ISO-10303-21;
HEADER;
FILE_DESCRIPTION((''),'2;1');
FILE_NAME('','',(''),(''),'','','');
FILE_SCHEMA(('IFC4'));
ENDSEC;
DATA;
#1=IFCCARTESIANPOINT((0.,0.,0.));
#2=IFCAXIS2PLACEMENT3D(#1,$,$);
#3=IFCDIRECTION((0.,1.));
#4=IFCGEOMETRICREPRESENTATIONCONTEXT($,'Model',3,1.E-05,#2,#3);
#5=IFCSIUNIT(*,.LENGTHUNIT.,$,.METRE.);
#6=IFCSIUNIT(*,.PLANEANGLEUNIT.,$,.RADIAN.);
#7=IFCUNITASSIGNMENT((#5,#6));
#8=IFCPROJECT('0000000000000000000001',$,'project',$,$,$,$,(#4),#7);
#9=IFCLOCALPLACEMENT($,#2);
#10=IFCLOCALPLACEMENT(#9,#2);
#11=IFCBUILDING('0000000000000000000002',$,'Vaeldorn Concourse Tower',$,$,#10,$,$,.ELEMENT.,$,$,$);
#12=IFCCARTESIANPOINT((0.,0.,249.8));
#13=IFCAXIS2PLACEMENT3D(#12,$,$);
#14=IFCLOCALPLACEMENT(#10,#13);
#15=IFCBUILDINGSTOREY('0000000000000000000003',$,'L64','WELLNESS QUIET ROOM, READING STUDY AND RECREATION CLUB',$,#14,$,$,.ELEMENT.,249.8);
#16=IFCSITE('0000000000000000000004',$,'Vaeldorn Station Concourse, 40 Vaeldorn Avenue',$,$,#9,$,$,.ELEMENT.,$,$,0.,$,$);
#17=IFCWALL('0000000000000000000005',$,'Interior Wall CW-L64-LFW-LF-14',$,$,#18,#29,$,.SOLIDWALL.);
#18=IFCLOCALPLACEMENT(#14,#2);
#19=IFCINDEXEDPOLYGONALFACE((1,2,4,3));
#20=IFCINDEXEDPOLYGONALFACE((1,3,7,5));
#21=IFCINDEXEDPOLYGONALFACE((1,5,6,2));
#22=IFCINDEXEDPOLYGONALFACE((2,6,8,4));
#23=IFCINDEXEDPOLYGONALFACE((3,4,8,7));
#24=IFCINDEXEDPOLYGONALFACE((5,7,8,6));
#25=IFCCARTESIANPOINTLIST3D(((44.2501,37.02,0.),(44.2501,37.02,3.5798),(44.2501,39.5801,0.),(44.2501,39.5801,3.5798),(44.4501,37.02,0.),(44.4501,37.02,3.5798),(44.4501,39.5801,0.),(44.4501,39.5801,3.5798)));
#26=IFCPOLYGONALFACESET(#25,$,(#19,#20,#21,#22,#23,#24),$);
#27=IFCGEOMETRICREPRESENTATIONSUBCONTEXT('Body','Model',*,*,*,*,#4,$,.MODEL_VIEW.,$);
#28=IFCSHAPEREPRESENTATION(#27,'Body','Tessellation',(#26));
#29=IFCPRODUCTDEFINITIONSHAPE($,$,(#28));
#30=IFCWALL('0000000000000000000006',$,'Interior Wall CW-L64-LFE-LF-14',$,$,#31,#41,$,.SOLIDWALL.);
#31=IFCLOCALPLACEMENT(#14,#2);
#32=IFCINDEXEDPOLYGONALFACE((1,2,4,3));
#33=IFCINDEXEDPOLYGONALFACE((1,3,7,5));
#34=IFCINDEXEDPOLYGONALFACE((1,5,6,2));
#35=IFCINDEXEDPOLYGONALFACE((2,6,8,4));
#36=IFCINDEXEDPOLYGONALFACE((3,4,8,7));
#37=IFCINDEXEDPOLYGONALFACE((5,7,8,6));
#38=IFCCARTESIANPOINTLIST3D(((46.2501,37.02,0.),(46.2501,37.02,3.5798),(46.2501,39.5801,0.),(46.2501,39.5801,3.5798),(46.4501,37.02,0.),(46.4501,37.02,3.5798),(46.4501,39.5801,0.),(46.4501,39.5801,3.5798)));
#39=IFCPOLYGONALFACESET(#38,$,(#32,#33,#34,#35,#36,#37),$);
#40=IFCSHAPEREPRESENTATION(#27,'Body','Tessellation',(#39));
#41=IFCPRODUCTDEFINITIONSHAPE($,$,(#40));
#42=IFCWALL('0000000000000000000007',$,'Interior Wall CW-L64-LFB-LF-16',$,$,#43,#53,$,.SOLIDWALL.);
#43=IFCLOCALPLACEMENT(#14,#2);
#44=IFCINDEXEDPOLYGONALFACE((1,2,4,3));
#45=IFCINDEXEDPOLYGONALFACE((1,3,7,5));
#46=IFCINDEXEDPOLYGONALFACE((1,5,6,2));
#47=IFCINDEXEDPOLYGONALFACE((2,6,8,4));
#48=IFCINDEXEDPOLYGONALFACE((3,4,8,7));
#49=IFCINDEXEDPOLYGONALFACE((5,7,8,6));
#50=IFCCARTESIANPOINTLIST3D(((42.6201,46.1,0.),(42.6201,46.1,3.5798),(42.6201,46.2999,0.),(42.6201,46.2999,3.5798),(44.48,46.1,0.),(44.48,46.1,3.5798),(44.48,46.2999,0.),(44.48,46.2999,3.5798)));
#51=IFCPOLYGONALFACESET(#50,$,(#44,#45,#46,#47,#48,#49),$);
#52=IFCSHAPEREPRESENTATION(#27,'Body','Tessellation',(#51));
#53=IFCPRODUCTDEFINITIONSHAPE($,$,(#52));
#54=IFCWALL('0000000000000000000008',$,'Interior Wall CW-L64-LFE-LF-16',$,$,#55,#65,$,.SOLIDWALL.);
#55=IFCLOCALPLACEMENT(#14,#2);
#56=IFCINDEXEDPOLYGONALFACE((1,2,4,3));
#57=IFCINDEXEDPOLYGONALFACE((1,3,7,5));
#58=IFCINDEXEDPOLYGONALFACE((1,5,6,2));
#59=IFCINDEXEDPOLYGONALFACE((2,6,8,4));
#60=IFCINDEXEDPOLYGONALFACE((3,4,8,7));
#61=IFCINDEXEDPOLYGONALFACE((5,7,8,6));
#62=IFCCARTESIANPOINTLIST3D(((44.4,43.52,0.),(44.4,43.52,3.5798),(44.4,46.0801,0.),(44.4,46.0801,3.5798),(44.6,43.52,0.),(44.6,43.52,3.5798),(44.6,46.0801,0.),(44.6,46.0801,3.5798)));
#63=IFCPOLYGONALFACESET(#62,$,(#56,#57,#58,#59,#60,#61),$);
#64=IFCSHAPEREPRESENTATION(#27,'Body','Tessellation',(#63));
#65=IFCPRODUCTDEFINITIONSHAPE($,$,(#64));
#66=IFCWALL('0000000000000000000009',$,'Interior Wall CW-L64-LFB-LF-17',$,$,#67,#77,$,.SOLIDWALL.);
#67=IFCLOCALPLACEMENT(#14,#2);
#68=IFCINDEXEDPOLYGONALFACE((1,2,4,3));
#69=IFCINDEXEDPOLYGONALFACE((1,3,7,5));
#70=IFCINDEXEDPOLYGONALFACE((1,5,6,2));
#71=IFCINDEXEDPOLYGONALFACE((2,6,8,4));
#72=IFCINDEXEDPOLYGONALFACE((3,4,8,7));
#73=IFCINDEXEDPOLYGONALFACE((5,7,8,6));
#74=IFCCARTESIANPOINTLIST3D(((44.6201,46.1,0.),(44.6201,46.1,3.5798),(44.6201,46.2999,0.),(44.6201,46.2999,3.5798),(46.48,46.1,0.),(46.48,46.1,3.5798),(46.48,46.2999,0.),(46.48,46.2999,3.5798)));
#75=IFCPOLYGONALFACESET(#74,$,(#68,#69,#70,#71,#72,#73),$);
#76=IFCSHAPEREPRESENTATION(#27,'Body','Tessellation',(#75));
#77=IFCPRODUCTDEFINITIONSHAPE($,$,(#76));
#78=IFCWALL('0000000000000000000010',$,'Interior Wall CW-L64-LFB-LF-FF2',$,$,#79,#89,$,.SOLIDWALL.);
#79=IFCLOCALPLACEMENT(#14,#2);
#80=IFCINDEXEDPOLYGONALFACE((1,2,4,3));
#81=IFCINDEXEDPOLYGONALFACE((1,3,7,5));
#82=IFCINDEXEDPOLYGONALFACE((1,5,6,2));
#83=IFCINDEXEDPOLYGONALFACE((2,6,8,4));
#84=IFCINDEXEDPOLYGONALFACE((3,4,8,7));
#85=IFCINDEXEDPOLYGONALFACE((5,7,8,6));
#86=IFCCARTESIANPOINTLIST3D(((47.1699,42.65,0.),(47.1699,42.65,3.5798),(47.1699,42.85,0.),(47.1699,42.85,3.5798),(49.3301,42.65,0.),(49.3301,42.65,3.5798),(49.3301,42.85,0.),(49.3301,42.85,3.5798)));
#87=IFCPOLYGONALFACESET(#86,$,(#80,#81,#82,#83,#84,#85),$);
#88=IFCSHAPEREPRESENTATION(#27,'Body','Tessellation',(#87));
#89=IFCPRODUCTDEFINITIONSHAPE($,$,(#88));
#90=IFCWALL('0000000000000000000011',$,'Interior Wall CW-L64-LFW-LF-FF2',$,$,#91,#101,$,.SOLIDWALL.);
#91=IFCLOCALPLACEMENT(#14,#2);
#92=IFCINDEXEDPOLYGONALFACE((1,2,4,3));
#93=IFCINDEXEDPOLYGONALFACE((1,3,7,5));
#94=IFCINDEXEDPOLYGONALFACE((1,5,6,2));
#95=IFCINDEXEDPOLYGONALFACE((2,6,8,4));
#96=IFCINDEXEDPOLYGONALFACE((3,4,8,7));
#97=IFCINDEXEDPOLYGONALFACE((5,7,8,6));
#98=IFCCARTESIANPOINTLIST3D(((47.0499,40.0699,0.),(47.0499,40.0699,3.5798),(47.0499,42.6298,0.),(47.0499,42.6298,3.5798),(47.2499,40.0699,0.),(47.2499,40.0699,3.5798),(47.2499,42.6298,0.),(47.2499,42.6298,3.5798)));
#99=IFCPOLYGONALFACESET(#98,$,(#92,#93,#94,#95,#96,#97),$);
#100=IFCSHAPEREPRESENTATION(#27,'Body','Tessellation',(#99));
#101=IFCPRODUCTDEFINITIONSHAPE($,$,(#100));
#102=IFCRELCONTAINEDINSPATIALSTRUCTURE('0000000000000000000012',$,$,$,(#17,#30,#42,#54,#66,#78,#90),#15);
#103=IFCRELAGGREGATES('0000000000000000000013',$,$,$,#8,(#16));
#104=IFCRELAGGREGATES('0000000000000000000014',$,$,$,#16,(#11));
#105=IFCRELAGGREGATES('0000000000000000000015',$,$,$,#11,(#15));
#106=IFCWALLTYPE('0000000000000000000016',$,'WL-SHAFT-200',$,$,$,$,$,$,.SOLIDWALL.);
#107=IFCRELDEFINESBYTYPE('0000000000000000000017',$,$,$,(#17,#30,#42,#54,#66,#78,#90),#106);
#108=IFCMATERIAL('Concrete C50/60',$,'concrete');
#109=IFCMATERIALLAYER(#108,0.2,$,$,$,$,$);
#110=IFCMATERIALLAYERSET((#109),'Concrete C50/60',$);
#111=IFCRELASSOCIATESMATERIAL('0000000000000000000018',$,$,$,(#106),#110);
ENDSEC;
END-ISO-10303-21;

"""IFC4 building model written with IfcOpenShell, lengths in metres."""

from ifc_helpers import new_model, si_unit, direction, frame, frame_2d, origin, place, context, subcontext, project, spatial, rectangle, extrude, material, layer, layer_set, type_object, element, save


model = new_model("IFC4")

# Units and contexts
model_context = context("Model", 3, precision=1e-05, world=origin(), true_north=direction((0.0, 1.0)))
body_context = subcontext(model_context, "Body", "Model", "MODEL_VIEW")
ifc_project = project(units=[si_unit("LENGTHUNIT", "METRE"), si_unit("PLANEANGLEUNIT", "RADIAN")], contexts=[model_context])

# Site, building, storey
site_placement = place(None, origin())
site = spatial("IfcSite", under=ifc_project, at=site_placement, Name="Vaeldorn Station Concourse, 40 Vaeldorn Avenue", CompositionType="ELEMENT", RefElevation=0.0)
building_placement = place(site_placement, origin())
building = spatial("IfcBuilding", under=site, at=building_placement, Name="Vaeldorn Concourse Tower", CompositionType="ELEMENT")
storey_placement = place(building_placement, frame((0.0, 0.0, 249.8)))
storey = spatial("IfcBuildingStorey", under=building, at=storey_placement, Name="L64", Description="WELLNESS QUIET ROOM, READING STUDY AND RECREATION CLUB", CompositionType="ELEMENT", Elevation=249.8)

# Shared definitions
ifc_material_1 = material(Name="Concrete C50/60", Category="concrete")

# Shared definitions
ifc_layer_1 = layer(ifc_material_1, 0.2)
ifc_layer_set_1 = layer_set([ifc_layer_1], Name="Concrete C50/60")
wall_type_1 = type_object("IfcWallType", Name="WL-SHAFT-200", PredefinedType="SOLIDWALL", material=ifc_layer_set_1)

# Walls
for number, where, z_axis, x_axis, name in (
    (1, (44.3501, 37.02, 0.0), (0.0, 0.0, 1.0), (0.0, 1.0, 0.0), "Interior Wall CW-L64-LFW-LF-14"),
    (2, (46.3501, 37.02, 0.0), (0.0, 0.0, 1.0), (0.0, 1.0, 0.0), "Interior Wall CW-L64-LFE-LF-14"),
):
    element("IfcWall", number, at=place(storey_placement, frame(where, z_axis=z_axis, x_axis=x_axis)), inside=storey, type_object=wall_type_1, Name=name, PredefinedType="SOLIDWALL", context=body_context, shape_type="SweptSolid", body=[
        extrude(rectangle(XDim=2.5601, YDim=0.2, at=frame_2d((1.28, 0.0))), origin(), (0.0, 0.0, 1.0), 3.5798),
    ])
wall_1_placement = place(storey_placement, frame((42.6201, 46.2, 0.0), z_axis=(0.0, 0.0, 1.0), x_axis=(1.0, 0.0, 0.0)))
element("IfcWall", 3, at=wall_1_placement, inside=storey, type_object=wall_type_1, Name="Interior Wall CW-L64-LFB-LF-16", PredefinedType="SOLIDWALL", context=body_context, shape_type="SweptSolid", body=[
    extrude(rectangle(XDim=1.8599, YDim=0.2, at=frame_2d((0.9299, 0.0))), origin(), (0.0, 0.0, 1.0), 3.5798),
])
wall_2_placement = place(storey_placement, frame((44.5, 43.52, 0.0), z_axis=(0.0, 0.0, 1.0), x_axis=(0.0, 1.0, 0.0)))
element("IfcWall", 4, at=wall_2_placement, inside=storey, type_object=wall_type_1, Name="Interior Wall CW-L64-LFE-LF-16", PredefinedType="SOLIDWALL", context=body_context, shape_type="SweptSolid", body=[
    extrude(rectangle(XDim=2.5601, YDim=0.2, at=frame_2d((1.28, 0.0))), origin(), (0.0, 0.0, 1.0), 3.5798),
])

# Wall
wall_3_placement = place(storey_placement, frame((44.6201, 46.2, 0.0), z_axis=(0.0, 0.0, 1.0), x_axis=(1.0, 0.0, 0.0)))
element("IfcWall", 5, at=wall_3_placement, inside=storey, type_object=wall_type_1, Name="Interior Wall CW-L64-LFB-LF-17", PredefinedType="SOLIDWALL", context=body_context, shape_type="SweptSolid", body=[
    extrude(rectangle(XDim=1.8599, YDim=0.2, at=frame_2d((0.9299, 0.0))), origin(), (0.0, 0.0, 1.0), 3.5798),
])

# Walls
wall_4_placement = place(storey_placement, frame((47.1699, 42.75, 0.0), z_axis=(0.0, 0.0, 1.0), x_axis=(1.0, 0.0, 0.0)))
element("IfcWall", 6, at=wall_4_placement, inside=storey, type_object=wall_type_1, Name="Interior Wall CW-L64-LFB-LF-FF2", PredefinedType="SOLIDWALL", context=body_context, shape_type="SweptSolid", body=[
    extrude(rectangle(XDim=2.1602, YDim=0.2, at=frame_2d((1.0801, 0.0))), origin(), (0.0, 0.0, 1.0), 3.5798),
])
wall_5_placement = place(storey_placement, frame((47.1499, 40.0701, 0.0), z_axis=(0.0, 0.0, 1.0), x_axis=(0.0, 1.0, 0.0)))
element("IfcWall", 7, at=wall_5_placement, inside=storey, type_object=wall_type_1, Name="Interior Wall CW-L64-LFW-LF-FF2", PredefinedType="SOLIDWALL", context=body_context, shape_type="SweptSolid", body=[
    extrude(rectangle(XDim=2.5598, YDim=0.2, at=frame_2d((1.2798, 0.0))), origin(), (0.0, 0.0, 1.0), 3.5798),
])

save(model, "model.ifc")
